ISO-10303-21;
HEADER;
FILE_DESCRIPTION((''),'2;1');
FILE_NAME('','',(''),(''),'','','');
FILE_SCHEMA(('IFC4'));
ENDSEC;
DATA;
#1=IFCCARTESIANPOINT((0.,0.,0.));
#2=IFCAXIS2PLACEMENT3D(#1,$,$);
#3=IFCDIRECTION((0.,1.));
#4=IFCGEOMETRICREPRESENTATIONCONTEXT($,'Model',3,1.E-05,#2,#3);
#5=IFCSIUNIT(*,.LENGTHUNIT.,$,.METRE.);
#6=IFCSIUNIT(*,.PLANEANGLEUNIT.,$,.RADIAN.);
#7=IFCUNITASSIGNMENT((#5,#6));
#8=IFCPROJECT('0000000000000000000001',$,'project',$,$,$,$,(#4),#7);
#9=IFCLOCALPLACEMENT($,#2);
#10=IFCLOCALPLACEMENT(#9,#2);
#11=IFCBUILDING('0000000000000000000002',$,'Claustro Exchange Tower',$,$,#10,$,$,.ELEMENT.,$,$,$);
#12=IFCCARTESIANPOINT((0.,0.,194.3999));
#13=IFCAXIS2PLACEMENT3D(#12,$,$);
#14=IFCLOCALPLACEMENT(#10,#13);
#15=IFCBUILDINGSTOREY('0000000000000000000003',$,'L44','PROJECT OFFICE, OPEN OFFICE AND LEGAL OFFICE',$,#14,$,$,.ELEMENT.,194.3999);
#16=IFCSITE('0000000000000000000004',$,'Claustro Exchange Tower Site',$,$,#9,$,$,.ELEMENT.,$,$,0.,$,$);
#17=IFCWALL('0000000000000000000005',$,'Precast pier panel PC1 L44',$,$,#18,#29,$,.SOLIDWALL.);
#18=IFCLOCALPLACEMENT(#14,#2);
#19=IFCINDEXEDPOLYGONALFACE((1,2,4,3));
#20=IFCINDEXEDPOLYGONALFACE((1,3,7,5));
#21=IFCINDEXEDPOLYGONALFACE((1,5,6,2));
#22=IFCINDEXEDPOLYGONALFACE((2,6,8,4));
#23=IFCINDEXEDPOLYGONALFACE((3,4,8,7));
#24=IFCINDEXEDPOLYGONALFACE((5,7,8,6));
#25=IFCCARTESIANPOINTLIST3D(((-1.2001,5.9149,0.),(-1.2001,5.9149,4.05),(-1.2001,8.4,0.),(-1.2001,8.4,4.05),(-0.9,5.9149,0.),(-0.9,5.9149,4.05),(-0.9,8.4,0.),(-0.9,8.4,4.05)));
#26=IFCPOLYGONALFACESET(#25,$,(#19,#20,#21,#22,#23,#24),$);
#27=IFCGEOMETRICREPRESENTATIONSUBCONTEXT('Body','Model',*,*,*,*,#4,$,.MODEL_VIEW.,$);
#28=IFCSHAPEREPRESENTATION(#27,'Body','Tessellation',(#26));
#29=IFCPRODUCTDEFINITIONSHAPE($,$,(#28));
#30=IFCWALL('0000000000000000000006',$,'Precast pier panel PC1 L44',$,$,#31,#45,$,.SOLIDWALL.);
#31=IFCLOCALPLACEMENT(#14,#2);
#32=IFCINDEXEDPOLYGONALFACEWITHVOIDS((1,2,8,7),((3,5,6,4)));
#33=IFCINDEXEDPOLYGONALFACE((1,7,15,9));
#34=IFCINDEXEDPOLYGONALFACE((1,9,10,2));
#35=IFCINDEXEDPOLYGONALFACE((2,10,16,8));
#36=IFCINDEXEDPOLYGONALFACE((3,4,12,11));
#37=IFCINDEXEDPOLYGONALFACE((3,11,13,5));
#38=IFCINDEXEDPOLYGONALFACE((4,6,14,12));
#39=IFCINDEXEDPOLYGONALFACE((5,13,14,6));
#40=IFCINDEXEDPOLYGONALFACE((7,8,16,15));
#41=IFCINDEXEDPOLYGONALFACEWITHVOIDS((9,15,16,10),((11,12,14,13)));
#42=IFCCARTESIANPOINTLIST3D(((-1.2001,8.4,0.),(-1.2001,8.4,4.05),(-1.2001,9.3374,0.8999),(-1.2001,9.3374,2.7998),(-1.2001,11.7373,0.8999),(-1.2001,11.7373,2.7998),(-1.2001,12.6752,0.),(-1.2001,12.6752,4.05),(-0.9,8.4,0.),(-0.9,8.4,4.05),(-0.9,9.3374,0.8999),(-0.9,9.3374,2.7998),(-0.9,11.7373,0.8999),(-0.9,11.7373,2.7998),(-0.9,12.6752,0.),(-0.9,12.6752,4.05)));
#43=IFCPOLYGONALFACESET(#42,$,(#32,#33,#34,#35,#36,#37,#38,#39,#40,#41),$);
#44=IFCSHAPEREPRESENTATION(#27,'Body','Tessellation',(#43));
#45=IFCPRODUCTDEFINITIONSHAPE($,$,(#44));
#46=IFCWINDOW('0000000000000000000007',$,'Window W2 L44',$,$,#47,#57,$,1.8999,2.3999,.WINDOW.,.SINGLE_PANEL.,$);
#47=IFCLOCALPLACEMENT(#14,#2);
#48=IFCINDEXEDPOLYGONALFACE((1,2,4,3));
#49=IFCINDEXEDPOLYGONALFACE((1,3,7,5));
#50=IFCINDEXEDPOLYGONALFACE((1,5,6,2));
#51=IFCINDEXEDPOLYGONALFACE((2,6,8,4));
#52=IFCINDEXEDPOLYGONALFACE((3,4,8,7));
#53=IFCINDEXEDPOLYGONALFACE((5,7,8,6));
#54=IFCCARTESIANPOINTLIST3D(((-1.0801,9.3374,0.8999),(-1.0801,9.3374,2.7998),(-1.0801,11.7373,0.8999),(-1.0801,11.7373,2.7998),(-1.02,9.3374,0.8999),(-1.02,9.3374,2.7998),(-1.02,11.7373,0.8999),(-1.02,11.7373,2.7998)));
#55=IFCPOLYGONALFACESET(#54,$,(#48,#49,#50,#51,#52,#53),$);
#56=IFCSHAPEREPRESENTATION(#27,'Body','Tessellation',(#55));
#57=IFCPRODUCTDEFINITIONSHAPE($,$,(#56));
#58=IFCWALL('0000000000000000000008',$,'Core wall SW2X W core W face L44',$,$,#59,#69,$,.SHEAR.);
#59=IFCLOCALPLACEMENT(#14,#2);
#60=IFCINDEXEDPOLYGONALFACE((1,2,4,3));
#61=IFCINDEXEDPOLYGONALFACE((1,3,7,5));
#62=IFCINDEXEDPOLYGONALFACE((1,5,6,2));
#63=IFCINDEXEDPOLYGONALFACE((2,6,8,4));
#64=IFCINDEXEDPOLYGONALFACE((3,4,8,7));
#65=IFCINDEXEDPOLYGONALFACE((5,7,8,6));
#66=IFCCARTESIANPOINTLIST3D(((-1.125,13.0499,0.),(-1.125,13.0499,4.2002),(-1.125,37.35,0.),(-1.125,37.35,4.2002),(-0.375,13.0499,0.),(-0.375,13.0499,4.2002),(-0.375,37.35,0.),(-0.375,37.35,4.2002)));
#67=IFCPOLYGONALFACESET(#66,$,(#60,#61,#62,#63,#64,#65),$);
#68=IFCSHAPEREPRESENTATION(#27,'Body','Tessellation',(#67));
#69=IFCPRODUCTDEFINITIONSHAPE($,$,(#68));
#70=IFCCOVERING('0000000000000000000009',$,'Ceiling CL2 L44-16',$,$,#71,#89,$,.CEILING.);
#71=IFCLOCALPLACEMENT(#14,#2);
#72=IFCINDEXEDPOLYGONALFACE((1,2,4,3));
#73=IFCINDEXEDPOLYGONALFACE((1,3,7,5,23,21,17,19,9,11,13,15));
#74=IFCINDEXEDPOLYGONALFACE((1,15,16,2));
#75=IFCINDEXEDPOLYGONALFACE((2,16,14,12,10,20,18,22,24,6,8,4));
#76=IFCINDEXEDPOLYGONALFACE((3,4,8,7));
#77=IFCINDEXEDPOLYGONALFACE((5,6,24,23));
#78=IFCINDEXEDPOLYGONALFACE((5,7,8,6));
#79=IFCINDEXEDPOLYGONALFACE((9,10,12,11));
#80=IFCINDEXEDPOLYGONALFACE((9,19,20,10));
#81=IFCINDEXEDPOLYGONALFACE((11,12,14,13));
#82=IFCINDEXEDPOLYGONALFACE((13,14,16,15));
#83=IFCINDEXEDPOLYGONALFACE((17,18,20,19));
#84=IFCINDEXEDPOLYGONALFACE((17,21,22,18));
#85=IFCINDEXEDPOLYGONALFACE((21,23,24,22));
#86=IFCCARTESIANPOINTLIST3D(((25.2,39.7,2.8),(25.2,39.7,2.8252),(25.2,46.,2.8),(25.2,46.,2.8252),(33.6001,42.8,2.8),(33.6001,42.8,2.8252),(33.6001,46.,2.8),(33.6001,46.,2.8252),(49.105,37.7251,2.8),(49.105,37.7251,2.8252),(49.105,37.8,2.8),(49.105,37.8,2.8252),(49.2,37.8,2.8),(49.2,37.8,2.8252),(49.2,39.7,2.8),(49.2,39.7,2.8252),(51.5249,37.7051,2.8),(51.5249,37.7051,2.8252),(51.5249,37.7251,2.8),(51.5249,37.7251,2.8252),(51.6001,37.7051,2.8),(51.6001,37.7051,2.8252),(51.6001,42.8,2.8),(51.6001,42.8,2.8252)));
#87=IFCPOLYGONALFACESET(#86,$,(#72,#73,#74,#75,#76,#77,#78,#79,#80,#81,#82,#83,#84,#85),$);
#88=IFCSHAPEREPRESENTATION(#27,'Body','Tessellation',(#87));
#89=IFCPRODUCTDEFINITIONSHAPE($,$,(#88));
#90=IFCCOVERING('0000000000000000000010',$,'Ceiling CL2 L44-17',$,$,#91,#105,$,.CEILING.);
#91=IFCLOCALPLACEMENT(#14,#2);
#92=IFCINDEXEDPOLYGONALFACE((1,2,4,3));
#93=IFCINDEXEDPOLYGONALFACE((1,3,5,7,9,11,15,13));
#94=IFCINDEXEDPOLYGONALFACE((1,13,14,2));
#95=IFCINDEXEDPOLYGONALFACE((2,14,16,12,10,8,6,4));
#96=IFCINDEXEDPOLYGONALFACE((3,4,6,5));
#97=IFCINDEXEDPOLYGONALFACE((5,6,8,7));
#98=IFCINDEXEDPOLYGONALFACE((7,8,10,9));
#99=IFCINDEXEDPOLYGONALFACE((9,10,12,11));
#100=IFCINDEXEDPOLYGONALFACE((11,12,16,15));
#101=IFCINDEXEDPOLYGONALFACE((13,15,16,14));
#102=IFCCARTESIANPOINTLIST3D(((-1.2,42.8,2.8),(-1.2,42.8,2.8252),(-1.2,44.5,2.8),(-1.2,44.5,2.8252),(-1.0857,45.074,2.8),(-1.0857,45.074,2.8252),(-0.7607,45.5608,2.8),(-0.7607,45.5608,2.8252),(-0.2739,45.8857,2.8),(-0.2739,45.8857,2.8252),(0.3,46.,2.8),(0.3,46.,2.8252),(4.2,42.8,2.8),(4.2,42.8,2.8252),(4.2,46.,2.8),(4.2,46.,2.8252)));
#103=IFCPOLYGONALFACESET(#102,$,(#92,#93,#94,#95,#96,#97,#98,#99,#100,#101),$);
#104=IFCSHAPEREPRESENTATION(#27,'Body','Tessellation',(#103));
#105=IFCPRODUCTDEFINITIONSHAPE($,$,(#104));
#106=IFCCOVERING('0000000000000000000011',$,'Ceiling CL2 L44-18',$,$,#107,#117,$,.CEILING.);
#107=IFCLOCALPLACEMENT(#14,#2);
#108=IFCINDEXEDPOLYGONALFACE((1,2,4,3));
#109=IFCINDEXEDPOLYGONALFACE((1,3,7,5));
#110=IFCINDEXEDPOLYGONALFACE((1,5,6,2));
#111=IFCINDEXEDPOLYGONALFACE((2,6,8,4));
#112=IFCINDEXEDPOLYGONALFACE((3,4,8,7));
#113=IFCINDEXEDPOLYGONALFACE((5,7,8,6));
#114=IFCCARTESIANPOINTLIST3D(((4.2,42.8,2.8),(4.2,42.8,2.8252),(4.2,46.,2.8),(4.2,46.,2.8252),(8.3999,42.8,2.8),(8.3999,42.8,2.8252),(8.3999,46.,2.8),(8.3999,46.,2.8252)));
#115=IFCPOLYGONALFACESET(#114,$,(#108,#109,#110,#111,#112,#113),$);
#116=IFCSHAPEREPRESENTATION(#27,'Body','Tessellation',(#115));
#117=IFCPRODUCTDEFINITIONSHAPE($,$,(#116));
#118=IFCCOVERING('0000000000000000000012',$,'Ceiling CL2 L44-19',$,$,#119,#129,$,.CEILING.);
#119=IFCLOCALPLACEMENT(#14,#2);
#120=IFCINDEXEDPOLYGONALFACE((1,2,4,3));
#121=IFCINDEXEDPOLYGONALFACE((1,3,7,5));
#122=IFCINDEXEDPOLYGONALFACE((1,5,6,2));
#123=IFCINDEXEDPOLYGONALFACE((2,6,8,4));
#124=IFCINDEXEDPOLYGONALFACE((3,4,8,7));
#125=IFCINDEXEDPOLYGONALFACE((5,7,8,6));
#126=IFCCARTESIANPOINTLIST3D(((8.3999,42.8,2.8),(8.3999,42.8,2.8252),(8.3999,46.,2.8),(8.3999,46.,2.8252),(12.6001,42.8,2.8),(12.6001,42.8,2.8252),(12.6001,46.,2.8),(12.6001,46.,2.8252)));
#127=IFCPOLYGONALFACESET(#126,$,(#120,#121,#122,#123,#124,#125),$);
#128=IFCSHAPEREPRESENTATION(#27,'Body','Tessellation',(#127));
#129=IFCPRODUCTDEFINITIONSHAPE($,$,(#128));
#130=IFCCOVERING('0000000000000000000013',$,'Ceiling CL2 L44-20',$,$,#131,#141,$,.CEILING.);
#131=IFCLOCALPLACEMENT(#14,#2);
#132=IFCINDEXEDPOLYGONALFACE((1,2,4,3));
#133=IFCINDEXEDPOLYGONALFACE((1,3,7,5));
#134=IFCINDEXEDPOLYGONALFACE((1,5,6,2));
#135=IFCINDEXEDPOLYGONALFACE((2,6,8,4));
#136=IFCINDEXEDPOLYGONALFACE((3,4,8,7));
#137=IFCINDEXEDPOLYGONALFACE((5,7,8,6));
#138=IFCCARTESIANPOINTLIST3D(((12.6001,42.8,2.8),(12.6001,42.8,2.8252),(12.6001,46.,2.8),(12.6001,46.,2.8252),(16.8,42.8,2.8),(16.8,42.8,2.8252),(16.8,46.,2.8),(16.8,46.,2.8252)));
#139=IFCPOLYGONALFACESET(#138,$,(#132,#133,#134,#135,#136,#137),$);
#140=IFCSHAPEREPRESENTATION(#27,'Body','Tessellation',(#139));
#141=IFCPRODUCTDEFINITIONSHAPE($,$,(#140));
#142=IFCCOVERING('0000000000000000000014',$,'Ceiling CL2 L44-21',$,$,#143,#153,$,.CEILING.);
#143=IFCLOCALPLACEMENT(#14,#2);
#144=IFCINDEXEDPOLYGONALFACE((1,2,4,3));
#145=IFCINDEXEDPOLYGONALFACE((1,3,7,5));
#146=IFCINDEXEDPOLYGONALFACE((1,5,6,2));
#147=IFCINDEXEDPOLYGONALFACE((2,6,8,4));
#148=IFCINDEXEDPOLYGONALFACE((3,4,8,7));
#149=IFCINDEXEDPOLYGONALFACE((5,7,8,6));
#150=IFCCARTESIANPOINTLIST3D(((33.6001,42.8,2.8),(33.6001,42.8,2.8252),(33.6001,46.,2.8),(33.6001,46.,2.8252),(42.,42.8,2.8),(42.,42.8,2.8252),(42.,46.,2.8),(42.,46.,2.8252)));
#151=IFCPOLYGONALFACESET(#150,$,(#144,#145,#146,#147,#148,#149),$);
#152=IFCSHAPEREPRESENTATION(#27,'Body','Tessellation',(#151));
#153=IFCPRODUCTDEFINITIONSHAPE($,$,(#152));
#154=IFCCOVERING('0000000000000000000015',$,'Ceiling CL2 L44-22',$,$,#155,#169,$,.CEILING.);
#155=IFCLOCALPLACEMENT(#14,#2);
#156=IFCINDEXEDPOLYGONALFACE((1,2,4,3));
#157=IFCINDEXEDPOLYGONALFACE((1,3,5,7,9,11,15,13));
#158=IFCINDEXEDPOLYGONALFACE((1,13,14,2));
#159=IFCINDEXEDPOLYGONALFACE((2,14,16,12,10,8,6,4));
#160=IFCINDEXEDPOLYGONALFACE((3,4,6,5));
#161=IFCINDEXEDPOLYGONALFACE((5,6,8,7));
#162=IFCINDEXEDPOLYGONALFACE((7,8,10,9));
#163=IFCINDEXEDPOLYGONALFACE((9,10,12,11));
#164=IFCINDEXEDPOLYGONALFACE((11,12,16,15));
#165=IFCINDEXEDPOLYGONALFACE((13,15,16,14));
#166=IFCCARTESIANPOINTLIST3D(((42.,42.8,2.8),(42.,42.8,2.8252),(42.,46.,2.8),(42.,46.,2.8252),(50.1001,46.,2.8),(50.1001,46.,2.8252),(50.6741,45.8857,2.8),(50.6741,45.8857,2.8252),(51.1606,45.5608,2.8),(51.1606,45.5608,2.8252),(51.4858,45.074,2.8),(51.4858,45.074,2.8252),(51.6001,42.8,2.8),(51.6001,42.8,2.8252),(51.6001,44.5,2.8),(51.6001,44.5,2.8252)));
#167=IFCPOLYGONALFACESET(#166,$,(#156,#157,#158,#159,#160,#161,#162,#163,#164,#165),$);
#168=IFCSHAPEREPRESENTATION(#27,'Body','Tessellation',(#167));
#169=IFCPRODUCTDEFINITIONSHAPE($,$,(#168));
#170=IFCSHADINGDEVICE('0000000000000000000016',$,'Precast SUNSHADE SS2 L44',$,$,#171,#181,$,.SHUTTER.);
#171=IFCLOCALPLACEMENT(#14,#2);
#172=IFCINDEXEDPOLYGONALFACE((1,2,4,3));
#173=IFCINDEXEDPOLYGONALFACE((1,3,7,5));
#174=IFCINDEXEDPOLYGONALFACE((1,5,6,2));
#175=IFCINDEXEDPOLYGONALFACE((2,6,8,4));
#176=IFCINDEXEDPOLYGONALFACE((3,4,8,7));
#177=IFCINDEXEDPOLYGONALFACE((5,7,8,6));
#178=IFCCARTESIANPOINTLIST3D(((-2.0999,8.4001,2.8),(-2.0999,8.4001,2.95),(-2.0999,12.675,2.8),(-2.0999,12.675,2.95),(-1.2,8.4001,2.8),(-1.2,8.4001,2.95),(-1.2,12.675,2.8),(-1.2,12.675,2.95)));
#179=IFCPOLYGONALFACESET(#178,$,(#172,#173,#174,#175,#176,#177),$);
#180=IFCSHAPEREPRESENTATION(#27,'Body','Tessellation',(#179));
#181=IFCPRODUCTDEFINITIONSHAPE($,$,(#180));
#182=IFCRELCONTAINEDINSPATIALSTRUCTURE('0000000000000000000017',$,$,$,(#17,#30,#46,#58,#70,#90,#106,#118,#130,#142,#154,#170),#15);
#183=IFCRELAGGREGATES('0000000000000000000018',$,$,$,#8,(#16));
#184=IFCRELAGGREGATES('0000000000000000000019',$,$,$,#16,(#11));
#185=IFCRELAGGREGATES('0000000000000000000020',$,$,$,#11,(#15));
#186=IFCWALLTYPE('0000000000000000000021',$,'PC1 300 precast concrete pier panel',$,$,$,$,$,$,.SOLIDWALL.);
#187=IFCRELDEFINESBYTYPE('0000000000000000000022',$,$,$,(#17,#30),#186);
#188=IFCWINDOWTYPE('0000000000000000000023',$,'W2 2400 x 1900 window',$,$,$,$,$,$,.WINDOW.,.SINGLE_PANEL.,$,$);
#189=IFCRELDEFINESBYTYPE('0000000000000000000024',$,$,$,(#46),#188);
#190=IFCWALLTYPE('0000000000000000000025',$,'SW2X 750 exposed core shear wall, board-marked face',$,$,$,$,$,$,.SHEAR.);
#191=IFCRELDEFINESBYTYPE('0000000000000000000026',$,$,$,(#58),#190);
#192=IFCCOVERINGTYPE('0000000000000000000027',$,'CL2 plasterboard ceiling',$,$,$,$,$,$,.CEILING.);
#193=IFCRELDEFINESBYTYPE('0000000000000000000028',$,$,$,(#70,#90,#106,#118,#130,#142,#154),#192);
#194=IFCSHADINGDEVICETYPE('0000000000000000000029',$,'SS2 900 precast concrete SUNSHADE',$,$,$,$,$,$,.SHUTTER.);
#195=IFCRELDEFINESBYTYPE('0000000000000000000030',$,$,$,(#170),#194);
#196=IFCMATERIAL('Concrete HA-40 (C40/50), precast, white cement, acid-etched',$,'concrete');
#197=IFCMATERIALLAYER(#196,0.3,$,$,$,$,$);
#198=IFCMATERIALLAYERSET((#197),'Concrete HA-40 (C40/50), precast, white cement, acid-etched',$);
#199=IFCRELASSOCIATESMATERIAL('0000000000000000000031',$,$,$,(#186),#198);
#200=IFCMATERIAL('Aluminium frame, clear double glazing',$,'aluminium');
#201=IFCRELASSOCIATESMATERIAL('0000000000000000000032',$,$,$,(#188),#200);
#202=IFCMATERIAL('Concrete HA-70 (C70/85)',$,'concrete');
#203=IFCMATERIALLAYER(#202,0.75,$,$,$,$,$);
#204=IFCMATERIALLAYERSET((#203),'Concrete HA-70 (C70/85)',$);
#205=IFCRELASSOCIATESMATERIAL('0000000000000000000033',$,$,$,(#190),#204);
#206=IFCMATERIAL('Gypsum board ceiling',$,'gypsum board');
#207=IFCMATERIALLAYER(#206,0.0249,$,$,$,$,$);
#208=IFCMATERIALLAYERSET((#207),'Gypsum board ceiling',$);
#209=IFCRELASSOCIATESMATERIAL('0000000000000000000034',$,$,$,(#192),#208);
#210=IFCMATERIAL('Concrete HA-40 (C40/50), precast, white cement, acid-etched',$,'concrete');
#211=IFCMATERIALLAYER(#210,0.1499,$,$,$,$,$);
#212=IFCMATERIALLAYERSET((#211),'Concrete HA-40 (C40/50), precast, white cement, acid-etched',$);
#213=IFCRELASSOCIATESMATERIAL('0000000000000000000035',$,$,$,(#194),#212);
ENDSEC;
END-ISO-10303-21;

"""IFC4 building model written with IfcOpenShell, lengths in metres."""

from ifc_helpers import new_model, si_unit, direction, frame, frame_2d, origin, origin_2d, place, context, subcontext, project, spatial, polyline, rectangle, outline, extrude, material, layer, layer_set, type_object, element, fill, save


model = new_model("IFC4")

# Units and contexts
model_context = context("Model", 3, precision=1e-05, world=origin(), true_north=direction((0.0, 1.0)))
body_context = subcontext(model_context, "Body", "Model", "MODEL_VIEW")
ifc_project = project(units=[si_unit("LENGTHUNIT", "METRE"), si_unit("PLANEANGLEUNIT", "RADIAN")], contexts=[model_context])

# Site, building, storey
site_placement = place(None, origin())
site = spatial("IfcSite", under=ifc_project, at=site_placement, Name="Claustro Exchange Tower Site", CompositionType="ELEMENT", RefElevation=0.0)
building_placement = place(site_placement, origin())
building = spatial("IfcBuilding", under=site, at=building_placement, Name="Claustro Exchange Tower", CompositionType="ELEMENT")
storey_placement = place(building_placement, frame((0.0, 0.0, 194.3999)))
storey = spatial("IfcBuildingStorey", under=building, at=storey_placement, Name="L44", Description="PROJECT OFFICE, OPEN OFFICE AND LEGAL OFFICE", CompositionType="ELEMENT", Elevation=194.3999)

# Wall
ifc_material_1 = material(Name="Concrete HA-40 (C40/50), precast, white cement, acid-etched", Category="concrete")
ifc_layer_1 = layer(ifc_material_1, 0.3)
ifc_layer_set_1 = layer_set([ifc_layer_1], Name="Concrete HA-40 (C40/50), precast, white cement, acid-etched")
wall_type_1 = type_object("IfcWallType", Name="PC1 300 precast concrete pier panel", PredefinedType="SOLIDWALL", material=ifc_layer_set_1)
wall_1_placement = place(storey_placement, frame((-1.05, 5.9148, 0.0), z_axis=(0.0, 0.0, 1.0), x_axis=(0.0, 1.0, 0.0)))
element("IfcWall", 1, at=wall_1_placement, inside=storey, type_object=wall_type_1, Name="Precast pier panel PC1 L44", PredefinedType="SOLIDWALL", context=body_context, shape_type="SweptSolid", body=[
    extrude(rectangle(XDim=2.4851, YDim=0.3, at=frame_2d((1.2427, 0.0))), origin(), (0.0, 0.0, 1.0), 4.05),
])

# Wall, opening, window
wall_2_placement = place(storey_placement, frame((-1.05, 8.3999, 0.0), z_axis=(0.0, 0.0, 1.0), x_axis=(0.0, 1.0, 0.0)))
wall_2 = element("IfcWall", 2, at=wall_2_placement, inside=storey, type_object=wall_type_1, Name="Precast pier panel PC1 L44", PredefinedType="SOLIDWALL", context=body_context, shape_type="SweptSolid", body=[
    extrude(rectangle(XDim=4.2751, YDim=0.3, at=frame_2d((2.1377, 0.0))), origin(), (0.0, 0.0, 1.0), 4.05),
])
opening_1_placement = place(wall_2_placement, frame((0.9375, 0.0, 0.8999)))
opening_1 = element("IfcOpeningElement", 3, at=opening_1_placement, cuts=wall_2, PredefinedType="OPENING", context=body_context, shape_type="SweptSolid", body=[
    extrude(rectangle(XDim=2.3999, YDim=1.8999, at=frame_2d((1.2, 0.95))), frame((0.0, 0.1599, 0.0), z_axis=(0.0, -1.0, 0.0), x_axis=(1.0, 0.0, 0.0)), (0.0, 0.0, 1.0), 0.3201),
])
ifc_material_2 = material(Name="Aluminium frame, clear double glazing", Category="aluminium")
window_type = type_object("IfcWindowType", Name="W2 2400 x 1900 window", PartitioningType="SINGLE_PANEL", PredefinedType="WINDOW", material=ifc_material_2)
window_placement = place(opening_1_placement, origin())
window = element("IfcWindow", 4, at=window_placement, inside=storey, type_object=window_type, Name="Window W2 L44", OverallHeight=1.8999, OverallWidth=2.3999, PartitioningType="SINGLE_PANEL", PredefinedType="WINDOW", context=body_context, shape_type="SweptSolid", body=[
    extrude(rectangle(XDim=2.3999, YDim=1.8999, at=frame_2d((1.2, 0.95))), frame((0.0, 0.03, 0.0), z_axis=(0.0, -1.0, 0.0), x_axis=(1.0, 0.0, 0.0)), (0.0, 0.0, 1.0), 0.0601),
])
fill(opening_1, window)

# Wall
ifc_material_3 = material(Name="Concrete HA-70 (C70/85)", Category="concrete")
ifc_layer_2 = layer(ifc_material_3, 0.75)
ifc_layer_set_2 = layer_set([ifc_layer_2], Name="Concrete HA-70 (C70/85)")
wall_type_2 = type_object("IfcWallType", Name="SW2X 750 exposed core shear wall, board-marked face", PredefinedType="SHEAR", material=ifc_layer_set_2)
wall_3_placement = place(storey_placement, frame((-0.75, 13.05, 0.0), z_axis=(0.0, 0.0, 1.0), x_axis=(0.0, 1.0, 0.0)))
element("IfcWall", 5, at=wall_3_placement, inside=storey, type_object=wall_type_2, Name="Core wall SW2X W core W face L44", PredefinedType="SHEAR", context=body_context, shape_type="SweptSolid", body=[
    extrude(rectangle(XDim=24.3, YDim=0.75, at=frame_2d((12.1499, 0.0))), origin(), (0.0, 0.0, 1.0), 4.2002),
])

# Coverings
ifc_material_4 = material(Name="Gypsum board ceiling", Category="gypsum board")
ifc_layer_3 = layer(ifc_material_4, 0.0249)
ifc_layer_set_3 = layer_set([ifc_layer_3], Name="Gypsum board ceiling")
covering_type = type_object("IfcCoveringType", Name="CL2 plasterboard ceiling", PredefinedType="CEILING", material=ifc_layer_set_3)
covering_1_placement = place(storey_placement, frame((0.0, 0.0, 2.8)))
element("IfcCovering", 6, at=covering_1_placement, inside=storey, type_object=covering_type, Name="Ceiling CL2 L44-16", PredefinedType="CEILING", context=body_context, shape_type="SweptSolid", body=[
    extrude(outline(polyline([(51.5249, 37.7251), (51.5249, 37.7051), (51.6001, 37.7051), (51.6001, 42.8), (33.6001, 42.8), (33.6001, 46.0), (25.2, 46.0), (25.2, 39.7), (49.2, 39.7), (49.2, 37.8), (49.105, 37.8), (49.105, 37.7251), (51.5249, 37.7251)])), origin(), (0.0, 0.0, 1.0), 0.0251),
])
covering_2_placement = place(storey_placement, frame((0.0, 0.0, 2.8)))
element("IfcCovering", 7, at=covering_2_placement, inside=storey, type_object=covering_type, Name="Ceiling CL2 L44-17", PredefinedType="CEILING", context=body_context, shape_type="SweptSolid", body=[
    extrude(outline(polyline([(-1.2, 44.5), (-1.2, 42.8), (4.2, 42.8), (4.2, 46.0), (0.3, 46.0), (-0.2739, 45.8857), (-0.7607, 45.5608), (-1.0857, 45.074), (-1.2, 44.5)])), origin(), (0.0, 0.0, 1.0), 0.0251),
])
covering_3_placement = place(storey_placement, frame((0.0, 0.0, 2.8)))
element("IfcCovering", 8, at=covering_3_placement, inside=storey, type_object=covering_type, Name="Ceiling CL2 L44-18", PredefinedType="CEILING", context=body_context, shape_type="SweptSolid", body=[
    extrude(outline(polyline([(8.3999, 46.0), (4.2, 46.0), (4.2, 42.8), (8.3999, 42.8), (8.3999, 46.0)])), origin(), (0.0, 0.0, 1.0), 0.0251),
])
covering_4_placement = place(storey_placement, frame((0.0, 0.0, 2.8)))
element("IfcCovering", 9, at=covering_4_placement, inside=storey, type_object=covering_type, Name="Ceiling CL2 L44-19", PredefinedType="CEILING", context=body_context, shape_type="SweptSolid", body=[
    extrude(outline(polyline([(12.6001, 46.0), (8.3999, 46.0), (8.3999, 42.8), (12.6001, 42.8), (12.6001, 46.0)])), origin(), (0.0, 0.0, 1.0), 0.0251),
])
covering_5_placement = place(storey_placement, frame((0.0, 0.0, 2.8)))
element("IfcCovering", 10, at=covering_5_placement, inside=storey, type_object=covering_type, Name="Ceiling CL2 L44-20", PredefinedType="CEILING", context=body_context, shape_type="SweptSolid", body=[
    extrude(outline(polyline([(16.8, 46.0), (12.6001, 46.0), (12.6001, 42.8), (16.8, 42.8), (16.8, 46.0)])), origin(), (0.0, 0.0, 1.0), 0.0251),
])
covering_6_placement = place(storey_placement, frame((0.0, 0.0, 2.8)))
element("IfcCovering", 11, at=covering_6_placement, inside=storey, type_object=covering_type, Name="Ceiling CL2 L44-21", PredefinedType="CEILING", context=body_context, shape_type="SweptSolid", body=[
    extrude(outline(polyline([(42.0, 46.0), (33.6001, 46.0), (33.6001, 42.8), (42.0, 42.8), (42.0, 46.0)])), origin(), (0.0, 0.0, 1.0), 0.0251),
])
covering_7_placement = place(storey_placement, frame((0.0, 0.0, 2.8)))
element("IfcCovering", 12, at=covering_7_placement, inside=storey, type_object=covering_type, Name="Ceiling CL2 L44-22", PredefinedType="CEILING", context=body_context, shape_type="SweptSolid", body=[
    extrude(outline(polyline([(50.1001, 46.0), (42.0, 46.0), (42.0, 42.8), (51.6001, 42.8), (51.6001, 44.5), (51.4858, 45.074), (51.1606, 45.5608), (50.6741, 45.8857), (50.1001, 46.0)])), origin(), (0.0, 0.0, 1.0), 0.0251),
])

# Shading device
ifc_material_5 = material(Name="Concrete HA-40 (C40/50), precast, white cement, acid-etched", Category="concrete")
ifc_layer_4 = layer(ifc_material_5, 0.1499)
ifc_layer_set_4 = layer_set([ifc_layer_4], Name="Concrete HA-40 (C40/50), precast, white cement, acid-etched")
shading_device_type = type_object("IfcShadingDeviceType", Name="SS2 900 precast concrete SUNSHADE", PredefinedType="SHUTTER", material=ifc_layer_set_4)
shading_device_placement = place(storey_placement, frame((-1.6499, 10.5376, 2.8), z_axis=(0.0, 0.0, 1.0), x_axis=(0.0, 1.0, 0.0)))
element("IfcShadingDevice", 13, at=shading_device_placement, inside=storey, type_object=shading_device_type, Name="Precast SUNSHADE SS2 L44", PredefinedType="SHUTTER", context=body_context, shape_type="SweptSolid", body=[
    extrude(rectangle(XDim=4.2749, YDim=0.8999, at=origin_2d()), origin(), (0.0, 0.0, 1.0), 0.1499),
])

save(model, "model.ifc")
